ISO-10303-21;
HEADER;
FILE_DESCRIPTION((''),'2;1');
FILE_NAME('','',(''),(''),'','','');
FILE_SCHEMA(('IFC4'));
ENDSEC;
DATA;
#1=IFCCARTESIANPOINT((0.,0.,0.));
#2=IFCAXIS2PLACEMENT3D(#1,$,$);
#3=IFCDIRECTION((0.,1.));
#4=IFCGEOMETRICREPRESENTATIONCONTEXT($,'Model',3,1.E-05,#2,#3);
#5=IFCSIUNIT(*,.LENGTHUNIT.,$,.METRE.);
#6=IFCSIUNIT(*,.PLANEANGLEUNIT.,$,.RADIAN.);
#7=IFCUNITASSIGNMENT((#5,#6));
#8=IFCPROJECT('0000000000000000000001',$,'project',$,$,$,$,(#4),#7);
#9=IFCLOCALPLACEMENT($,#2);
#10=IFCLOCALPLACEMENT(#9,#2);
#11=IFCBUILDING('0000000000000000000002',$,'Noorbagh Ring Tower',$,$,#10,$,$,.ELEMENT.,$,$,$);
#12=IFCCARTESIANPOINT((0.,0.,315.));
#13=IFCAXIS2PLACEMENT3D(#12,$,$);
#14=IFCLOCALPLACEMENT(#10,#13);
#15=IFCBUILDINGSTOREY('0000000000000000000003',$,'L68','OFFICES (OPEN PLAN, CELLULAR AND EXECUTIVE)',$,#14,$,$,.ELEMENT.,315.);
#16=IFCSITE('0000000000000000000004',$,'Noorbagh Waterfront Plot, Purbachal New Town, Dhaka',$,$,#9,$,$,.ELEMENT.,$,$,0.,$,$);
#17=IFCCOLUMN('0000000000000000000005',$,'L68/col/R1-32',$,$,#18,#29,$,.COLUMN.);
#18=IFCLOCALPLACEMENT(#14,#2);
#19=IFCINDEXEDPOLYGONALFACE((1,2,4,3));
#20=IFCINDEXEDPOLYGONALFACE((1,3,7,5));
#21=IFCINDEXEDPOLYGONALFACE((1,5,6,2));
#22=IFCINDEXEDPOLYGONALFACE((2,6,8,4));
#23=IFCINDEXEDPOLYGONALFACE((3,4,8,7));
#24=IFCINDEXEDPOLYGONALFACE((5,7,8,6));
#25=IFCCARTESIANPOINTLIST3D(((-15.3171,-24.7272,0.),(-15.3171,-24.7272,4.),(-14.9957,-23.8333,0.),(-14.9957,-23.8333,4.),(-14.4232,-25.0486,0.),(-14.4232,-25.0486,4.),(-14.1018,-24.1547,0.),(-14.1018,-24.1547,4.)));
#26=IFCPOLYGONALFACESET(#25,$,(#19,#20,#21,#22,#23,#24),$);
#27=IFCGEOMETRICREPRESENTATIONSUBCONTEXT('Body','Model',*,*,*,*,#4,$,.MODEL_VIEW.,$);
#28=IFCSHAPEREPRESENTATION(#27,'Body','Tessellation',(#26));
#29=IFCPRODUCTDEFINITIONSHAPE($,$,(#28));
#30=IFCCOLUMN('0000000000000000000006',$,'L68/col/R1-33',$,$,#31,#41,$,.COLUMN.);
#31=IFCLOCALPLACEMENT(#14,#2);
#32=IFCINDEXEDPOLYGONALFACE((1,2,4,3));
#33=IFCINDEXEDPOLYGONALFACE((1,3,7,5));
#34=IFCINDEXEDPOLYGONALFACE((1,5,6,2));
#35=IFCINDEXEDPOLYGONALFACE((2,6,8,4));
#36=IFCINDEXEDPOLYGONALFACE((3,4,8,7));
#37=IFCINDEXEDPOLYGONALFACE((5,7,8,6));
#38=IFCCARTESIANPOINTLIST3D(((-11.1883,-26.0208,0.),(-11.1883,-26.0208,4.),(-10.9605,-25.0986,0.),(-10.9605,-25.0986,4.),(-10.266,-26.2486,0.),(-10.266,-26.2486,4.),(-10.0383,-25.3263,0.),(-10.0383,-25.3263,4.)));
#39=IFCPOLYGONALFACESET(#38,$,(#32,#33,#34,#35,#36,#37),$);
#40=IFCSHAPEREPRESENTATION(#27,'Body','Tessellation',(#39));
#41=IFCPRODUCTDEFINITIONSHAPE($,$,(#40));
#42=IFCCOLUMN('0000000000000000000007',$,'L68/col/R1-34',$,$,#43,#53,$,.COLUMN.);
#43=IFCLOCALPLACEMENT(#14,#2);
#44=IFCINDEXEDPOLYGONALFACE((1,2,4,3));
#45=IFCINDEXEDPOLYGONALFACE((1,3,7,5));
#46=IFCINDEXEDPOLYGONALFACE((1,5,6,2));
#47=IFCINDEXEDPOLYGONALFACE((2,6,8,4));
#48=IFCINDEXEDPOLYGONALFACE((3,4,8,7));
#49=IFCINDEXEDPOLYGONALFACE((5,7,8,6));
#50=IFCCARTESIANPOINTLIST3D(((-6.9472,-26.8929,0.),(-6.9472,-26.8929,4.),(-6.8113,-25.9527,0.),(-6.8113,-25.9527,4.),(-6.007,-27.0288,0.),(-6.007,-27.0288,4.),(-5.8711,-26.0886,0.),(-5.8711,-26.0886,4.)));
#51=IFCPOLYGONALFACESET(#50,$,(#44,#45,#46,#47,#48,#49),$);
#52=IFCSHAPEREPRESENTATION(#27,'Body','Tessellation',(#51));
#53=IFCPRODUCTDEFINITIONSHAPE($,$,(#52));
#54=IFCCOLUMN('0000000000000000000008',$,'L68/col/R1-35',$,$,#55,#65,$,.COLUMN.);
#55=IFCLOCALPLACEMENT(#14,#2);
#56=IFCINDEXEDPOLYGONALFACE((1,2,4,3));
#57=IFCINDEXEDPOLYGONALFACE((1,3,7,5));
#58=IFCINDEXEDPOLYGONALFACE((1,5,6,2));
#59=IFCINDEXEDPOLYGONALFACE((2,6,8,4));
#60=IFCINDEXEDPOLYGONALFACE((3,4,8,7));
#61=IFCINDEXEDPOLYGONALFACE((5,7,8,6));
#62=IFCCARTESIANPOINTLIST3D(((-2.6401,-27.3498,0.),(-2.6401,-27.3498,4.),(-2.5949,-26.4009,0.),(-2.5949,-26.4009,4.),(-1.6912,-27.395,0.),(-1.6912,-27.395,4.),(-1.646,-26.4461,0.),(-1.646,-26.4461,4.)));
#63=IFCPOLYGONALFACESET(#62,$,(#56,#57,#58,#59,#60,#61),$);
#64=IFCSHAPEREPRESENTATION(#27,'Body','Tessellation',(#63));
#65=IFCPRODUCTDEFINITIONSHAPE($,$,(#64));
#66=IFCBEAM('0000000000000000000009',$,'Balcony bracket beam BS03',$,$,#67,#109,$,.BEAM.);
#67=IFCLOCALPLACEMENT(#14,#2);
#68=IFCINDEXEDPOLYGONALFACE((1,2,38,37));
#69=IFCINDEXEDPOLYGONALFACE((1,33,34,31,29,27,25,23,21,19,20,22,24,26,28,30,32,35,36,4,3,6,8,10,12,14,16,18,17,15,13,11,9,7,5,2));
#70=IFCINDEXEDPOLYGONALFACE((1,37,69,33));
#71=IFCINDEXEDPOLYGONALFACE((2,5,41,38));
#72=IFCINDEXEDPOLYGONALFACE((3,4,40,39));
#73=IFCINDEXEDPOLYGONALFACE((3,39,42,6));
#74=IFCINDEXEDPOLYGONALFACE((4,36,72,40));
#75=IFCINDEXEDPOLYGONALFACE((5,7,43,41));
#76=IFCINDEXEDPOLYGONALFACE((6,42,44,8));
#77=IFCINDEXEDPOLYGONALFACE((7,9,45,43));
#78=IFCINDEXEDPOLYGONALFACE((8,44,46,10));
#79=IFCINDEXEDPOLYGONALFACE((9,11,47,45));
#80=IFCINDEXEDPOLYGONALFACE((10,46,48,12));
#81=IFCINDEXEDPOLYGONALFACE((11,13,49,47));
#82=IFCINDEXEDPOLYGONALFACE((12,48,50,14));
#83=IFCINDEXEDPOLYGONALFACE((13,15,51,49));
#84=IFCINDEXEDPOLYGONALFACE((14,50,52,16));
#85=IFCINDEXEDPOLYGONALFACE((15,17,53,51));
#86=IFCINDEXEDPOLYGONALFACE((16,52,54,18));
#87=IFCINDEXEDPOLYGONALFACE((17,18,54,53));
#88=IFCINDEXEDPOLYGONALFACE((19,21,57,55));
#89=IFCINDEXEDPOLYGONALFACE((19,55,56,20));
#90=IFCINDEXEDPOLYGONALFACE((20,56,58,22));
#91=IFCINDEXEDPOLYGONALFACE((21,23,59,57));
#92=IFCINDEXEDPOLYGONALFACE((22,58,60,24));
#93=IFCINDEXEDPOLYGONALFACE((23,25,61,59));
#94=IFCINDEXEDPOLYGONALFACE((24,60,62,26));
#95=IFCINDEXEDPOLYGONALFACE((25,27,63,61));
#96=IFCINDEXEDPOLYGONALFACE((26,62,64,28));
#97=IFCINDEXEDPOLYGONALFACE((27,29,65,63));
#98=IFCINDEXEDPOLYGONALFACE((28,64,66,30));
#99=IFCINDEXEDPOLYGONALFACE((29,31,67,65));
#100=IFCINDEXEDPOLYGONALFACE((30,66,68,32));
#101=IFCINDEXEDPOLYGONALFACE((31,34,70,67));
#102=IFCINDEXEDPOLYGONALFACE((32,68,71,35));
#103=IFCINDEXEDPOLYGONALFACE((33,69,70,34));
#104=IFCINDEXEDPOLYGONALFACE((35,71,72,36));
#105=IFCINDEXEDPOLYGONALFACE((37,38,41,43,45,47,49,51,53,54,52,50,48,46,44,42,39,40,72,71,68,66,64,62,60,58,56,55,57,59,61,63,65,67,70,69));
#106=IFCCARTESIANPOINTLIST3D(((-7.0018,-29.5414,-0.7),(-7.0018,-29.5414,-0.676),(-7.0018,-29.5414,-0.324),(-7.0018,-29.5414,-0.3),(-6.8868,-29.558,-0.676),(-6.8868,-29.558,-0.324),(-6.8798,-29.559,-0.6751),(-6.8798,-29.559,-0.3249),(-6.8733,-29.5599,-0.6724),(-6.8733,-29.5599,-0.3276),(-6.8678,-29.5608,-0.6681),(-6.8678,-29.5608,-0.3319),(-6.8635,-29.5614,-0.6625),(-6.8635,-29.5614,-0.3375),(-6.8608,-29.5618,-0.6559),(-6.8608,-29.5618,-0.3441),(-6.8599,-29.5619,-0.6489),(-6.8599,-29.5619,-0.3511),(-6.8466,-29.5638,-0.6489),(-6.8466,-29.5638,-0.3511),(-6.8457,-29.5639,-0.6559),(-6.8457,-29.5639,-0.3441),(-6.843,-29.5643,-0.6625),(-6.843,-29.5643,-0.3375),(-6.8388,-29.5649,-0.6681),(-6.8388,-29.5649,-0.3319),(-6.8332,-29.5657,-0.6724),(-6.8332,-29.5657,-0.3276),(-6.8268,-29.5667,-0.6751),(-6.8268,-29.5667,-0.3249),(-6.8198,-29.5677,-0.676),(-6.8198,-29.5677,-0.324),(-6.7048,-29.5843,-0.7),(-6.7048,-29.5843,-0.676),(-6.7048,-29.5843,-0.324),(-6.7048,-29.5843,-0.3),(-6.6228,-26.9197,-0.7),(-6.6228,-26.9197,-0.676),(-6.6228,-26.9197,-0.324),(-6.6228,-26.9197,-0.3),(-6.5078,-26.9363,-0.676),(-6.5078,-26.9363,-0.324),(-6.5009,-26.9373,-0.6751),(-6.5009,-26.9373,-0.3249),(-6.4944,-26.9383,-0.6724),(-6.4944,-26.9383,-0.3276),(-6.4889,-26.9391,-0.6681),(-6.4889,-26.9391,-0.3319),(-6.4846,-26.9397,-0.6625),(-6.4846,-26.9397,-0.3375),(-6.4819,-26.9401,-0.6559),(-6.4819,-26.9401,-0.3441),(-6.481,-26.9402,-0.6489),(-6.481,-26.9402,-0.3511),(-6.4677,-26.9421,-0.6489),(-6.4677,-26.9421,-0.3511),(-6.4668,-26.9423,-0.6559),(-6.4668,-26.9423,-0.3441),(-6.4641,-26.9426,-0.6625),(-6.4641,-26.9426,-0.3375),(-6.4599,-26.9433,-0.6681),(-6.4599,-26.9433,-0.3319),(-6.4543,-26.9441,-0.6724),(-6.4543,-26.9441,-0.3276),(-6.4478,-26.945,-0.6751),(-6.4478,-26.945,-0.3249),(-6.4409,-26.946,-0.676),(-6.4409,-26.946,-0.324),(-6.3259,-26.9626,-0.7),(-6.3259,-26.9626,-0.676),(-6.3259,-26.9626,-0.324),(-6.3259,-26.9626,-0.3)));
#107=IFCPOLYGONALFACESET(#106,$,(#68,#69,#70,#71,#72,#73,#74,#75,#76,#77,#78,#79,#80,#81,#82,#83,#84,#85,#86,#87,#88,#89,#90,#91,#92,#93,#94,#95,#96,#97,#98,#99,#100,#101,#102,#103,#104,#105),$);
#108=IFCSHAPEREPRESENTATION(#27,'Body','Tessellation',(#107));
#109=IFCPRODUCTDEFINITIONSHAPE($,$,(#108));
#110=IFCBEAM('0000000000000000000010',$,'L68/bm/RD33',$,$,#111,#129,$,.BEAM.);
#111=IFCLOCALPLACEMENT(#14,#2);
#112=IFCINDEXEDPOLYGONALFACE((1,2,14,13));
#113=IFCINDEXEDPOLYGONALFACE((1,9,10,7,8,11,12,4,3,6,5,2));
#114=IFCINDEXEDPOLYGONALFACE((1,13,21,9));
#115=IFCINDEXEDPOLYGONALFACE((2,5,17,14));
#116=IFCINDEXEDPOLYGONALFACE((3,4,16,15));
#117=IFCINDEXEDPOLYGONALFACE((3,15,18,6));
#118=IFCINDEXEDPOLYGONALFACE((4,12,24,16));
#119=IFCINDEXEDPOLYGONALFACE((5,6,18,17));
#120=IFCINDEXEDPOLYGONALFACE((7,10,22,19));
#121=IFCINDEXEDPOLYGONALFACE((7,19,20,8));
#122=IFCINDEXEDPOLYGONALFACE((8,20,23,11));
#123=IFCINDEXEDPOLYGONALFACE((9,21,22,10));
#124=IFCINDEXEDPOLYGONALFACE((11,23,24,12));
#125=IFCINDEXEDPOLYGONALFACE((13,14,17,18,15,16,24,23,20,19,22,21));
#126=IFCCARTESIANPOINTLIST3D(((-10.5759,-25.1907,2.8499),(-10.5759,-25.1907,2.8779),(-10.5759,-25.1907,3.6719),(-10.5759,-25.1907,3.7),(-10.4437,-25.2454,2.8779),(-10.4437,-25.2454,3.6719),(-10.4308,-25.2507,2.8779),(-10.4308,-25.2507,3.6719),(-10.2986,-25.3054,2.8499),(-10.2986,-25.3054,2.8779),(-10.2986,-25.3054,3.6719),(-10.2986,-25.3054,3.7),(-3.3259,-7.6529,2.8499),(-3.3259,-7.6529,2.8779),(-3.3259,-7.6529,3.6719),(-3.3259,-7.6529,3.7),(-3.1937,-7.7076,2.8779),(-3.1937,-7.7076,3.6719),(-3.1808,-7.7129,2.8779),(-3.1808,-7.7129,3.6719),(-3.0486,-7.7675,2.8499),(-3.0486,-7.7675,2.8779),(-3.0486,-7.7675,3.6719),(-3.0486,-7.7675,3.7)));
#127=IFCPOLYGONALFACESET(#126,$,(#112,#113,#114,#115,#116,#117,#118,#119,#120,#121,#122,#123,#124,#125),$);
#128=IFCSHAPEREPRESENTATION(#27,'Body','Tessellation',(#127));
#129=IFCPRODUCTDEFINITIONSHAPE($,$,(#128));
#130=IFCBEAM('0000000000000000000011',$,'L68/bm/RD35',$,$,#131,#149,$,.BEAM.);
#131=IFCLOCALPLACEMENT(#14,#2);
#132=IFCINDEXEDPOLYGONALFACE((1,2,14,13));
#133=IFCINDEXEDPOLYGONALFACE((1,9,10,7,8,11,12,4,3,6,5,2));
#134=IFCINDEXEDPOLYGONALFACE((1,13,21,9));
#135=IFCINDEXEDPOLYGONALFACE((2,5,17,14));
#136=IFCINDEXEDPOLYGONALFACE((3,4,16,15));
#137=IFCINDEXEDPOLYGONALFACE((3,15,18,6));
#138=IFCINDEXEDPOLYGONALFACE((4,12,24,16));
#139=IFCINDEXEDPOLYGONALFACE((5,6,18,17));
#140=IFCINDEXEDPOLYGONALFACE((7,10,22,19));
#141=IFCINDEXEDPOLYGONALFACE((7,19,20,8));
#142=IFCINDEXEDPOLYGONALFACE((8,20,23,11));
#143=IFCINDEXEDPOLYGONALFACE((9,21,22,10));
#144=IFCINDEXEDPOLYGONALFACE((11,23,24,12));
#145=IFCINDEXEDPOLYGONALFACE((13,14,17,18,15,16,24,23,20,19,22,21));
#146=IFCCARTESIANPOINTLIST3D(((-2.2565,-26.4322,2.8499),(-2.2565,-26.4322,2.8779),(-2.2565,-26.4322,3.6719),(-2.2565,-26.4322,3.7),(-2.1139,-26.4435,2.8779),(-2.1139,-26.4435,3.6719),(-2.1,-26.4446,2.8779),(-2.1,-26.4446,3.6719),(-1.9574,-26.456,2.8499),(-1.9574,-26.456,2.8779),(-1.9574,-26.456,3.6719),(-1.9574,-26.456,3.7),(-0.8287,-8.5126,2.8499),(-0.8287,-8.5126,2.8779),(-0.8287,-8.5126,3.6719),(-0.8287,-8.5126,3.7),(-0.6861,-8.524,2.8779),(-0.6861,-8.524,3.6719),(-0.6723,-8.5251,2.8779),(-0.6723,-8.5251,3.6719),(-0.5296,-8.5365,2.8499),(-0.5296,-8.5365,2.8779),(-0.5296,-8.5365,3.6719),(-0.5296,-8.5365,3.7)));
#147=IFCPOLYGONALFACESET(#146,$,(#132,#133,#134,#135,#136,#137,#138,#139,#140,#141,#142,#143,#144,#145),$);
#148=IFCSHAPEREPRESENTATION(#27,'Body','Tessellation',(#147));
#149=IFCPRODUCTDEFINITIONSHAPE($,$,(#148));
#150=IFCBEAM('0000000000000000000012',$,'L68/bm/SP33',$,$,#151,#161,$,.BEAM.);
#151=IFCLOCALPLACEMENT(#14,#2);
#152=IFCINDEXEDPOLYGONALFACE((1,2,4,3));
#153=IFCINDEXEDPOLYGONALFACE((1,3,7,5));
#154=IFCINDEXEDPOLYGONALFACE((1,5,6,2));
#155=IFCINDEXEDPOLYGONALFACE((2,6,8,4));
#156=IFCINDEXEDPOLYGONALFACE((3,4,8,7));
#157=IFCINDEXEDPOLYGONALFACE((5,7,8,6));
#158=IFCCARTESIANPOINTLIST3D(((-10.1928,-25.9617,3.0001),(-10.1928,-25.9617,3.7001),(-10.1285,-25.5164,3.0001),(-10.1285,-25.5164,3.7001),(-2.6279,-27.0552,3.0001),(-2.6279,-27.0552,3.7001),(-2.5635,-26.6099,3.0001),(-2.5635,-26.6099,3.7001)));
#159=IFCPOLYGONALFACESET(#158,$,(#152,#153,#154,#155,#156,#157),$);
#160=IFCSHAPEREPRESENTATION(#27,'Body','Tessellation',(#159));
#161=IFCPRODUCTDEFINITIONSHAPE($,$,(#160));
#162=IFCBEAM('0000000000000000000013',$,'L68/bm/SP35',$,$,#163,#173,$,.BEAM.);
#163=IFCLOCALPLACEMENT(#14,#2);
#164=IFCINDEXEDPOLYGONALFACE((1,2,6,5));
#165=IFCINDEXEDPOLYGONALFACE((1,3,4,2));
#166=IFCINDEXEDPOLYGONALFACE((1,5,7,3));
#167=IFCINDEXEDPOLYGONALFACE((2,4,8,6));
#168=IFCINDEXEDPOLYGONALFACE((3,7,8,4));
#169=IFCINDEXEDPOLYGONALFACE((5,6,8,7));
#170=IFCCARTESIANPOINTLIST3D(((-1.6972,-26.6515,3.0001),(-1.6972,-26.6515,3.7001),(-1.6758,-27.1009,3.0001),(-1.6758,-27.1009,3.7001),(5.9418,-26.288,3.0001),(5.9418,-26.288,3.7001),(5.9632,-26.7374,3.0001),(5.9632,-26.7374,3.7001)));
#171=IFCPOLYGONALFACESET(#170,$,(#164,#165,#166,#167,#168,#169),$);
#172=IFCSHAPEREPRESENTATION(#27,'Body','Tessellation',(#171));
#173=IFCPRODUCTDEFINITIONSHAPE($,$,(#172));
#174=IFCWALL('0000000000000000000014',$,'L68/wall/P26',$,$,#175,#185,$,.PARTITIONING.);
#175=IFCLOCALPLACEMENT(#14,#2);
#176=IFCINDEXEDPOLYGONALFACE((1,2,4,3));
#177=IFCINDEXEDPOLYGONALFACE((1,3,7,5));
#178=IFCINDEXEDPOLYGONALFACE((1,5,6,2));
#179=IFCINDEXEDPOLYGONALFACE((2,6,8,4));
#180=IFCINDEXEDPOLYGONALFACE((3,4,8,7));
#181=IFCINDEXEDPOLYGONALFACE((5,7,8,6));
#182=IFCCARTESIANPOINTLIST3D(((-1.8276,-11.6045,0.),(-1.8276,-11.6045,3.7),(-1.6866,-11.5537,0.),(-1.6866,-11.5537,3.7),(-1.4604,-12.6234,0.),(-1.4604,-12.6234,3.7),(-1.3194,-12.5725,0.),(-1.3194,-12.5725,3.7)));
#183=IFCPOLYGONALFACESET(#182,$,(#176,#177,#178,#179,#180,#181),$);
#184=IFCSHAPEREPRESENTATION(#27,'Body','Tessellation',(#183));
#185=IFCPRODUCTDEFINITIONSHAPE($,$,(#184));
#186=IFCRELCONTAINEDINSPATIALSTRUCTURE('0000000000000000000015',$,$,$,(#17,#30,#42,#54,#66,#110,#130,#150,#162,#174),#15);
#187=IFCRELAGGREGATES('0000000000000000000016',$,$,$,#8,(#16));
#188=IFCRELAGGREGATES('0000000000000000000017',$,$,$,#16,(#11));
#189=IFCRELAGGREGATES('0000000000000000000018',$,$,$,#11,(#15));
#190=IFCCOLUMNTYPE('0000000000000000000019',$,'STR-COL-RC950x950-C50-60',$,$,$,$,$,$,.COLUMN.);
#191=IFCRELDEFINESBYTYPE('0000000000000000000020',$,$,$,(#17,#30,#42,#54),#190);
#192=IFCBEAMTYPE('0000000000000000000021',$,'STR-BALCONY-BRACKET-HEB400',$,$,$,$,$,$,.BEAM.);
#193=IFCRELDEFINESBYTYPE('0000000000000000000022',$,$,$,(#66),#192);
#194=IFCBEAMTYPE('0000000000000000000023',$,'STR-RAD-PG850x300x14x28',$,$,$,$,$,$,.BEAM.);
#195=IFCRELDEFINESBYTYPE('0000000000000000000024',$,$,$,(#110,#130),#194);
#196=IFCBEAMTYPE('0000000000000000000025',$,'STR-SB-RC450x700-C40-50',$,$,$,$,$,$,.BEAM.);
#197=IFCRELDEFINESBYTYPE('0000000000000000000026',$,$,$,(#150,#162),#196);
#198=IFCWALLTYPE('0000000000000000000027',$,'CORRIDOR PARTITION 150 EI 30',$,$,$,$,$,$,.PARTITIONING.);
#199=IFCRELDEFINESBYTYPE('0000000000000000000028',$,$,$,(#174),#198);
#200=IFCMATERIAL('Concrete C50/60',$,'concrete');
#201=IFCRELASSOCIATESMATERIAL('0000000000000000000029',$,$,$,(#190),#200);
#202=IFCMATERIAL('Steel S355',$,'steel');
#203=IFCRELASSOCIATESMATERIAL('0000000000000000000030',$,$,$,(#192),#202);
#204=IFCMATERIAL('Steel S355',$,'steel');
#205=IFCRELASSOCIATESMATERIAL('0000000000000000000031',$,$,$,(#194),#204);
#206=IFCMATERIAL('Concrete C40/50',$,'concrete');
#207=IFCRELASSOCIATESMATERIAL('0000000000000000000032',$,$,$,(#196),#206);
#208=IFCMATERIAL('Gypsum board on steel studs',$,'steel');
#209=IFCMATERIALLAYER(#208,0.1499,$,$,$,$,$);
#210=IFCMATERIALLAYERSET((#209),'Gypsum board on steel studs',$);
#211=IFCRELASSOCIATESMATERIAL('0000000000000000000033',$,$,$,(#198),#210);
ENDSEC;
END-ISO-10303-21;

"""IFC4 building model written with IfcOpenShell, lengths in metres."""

from ifc_helpers import new_model, si_unit, direction, frame, frame_2d, origin, origin_2d, place, context, subcontext, project, spatial, rectangle, i_section, extrude, material, layer, layer_set, material_profile, profile_set, type_object, element, save


model = new_model("IFC4")

# Units and contexts
model_context = context("Model", 3, precision=1e-05, world=origin(), true_north=direction((0.0, 1.0)))
body_context = subcontext(model_context, "Body", "Model", "MODEL_VIEW")
ifc_project = project(units=[si_unit("LENGTHUNIT", "METRE"), si_unit("PLANEANGLEUNIT", "RADIAN")], contexts=[model_context])

# Site, building, storey
site_placement = place(None, origin())
site = spatial("IfcSite", under=ifc_project, at=site_placement, Name="Noorbagh Waterfront Plot, Purbachal New Town, Dhaka", CompositionType="ELEMENT", RefElevation=0.0)
building_placement = place(site_placement, origin())
building = spatial("IfcBuilding", under=site, at=building_placement, Name="Noorbagh Ring Tower", CompositionType="ELEMENT")
storey_placement = place(building_placement, frame((0.0, 0.0, 315.0)))
storey = spatial("IfcBuildingStorey", under=building, at=storey_placement, Name="L68", Description="OFFICES (OPEN PLAN, CELLULAR AND EXECUTIVE)", CompositionType="ELEMENT", Elevation=315.0)

# Columns
ifc_material_1 = material(Name="Concrete C50/60", Category="concrete")
ifc_material_profile_1 = material_profile(ifc_material_1, rectangle(XDim=0.95, YDim=0.95, at=origin_2d()), Name="RC950x950")
ifc_profile_set_1 = profile_set([ifc_material_profile_1], Name="Concrete C50/60")
column_type = type_object("IfcColumnType", Name="STR-COL-RC950x950-C50-60", PredefinedType="COLUMN", material=ifc_profile_set_1)
for number, where, z_axis, x_axis, name in (
    (1, (-14.7095, -24.4409, 0.0), (0.0, 0.0, 1.0), (0.941025, -0.338338, 0.0), "L68/col/R1-32"),
    (2, (-10.6133, -25.6736, 0.0), (0.0, 0.0, 1.0), (0.970829, -0.239771, 0.0), "L68/col/R1-33"),
    (3, (-6.4092, -26.4907, 0.0), (0.0, 0.0, 1.0), (0.989713, -0.143066, 0.0), "L68/col/R1-34"),
    (4, (-2.1431, -26.8979, 0.0), (0.0, 0.0, 1.0), (0.998869, -0.047553, 0.0), "L68/col/R1-35"),
):
    element("IfcColumn", number, at=place(storey_placement, frame(where, z_axis=z_axis, x_axis=x_axis)), inside=storey, type_object=column_type, Name=name, PredefinedType="COLUMN", context=body_context, shape_type="SweptSolid", body=[
        extrude(rectangle(XDim=0.95, YDim=0.95, at=origin_2d()), origin(), (0.0, 0.0, 1.0), 4.0),
    ])

# Beams
ifc_material_2 = material(Name="Steel S355", Category="steel")
ifc_material_profile_2 = material_profile(ifc_material_2, i_section(OverallWidth=0.3, OverallDepth=0.3999, WebThickness=0.0134, FlangeThickness=0.0239, FilletRadius=0.0271, at=origin_2d()), Name="HEB400")
ifc_profile_set_2 = profile_set([ifc_material_profile_2], Name="Steel S355")
beam_type_1 = type_object("IfcBeamType", Name="STR-BALCONY-BRACKET-HEB400", PredefinedType="BEAM", material=ifc_profile_set_2)
beam_1_placement = place(storey_placement, frame((-6.4744, -26.9412, -0.5), z_axis=(-0.143047, -0.989716, 0.0), x_axis=(0.989716, -0.143047, 0.0)))
element("IfcBeam", 5, at=beam_1_placement, inside=storey, type_object=beam_type_1, Name="Balcony bracket beam BS03", PredefinedType="BEAM", context=body_context, shape_type="SweptSolid", body=[
    extrude(i_section(OverallWidth=0.3, OverallDepth=0.3999, WebThickness=0.0134, FlangeThickness=0.0239, FilletRadius=0.0271, at=origin_2d()), origin(), (0.0, 0.0, 1.0), 2.6489),
])
ifc_material_3 = material(Name="Steel S355", Category="steel")
ifc_material_profile_3 = material_profile(ifc_material_3, i_section(OverallWidth=0.3, OverallDepth=0.8501, WebThickness=0.0139, FlangeThickness=0.0281, at=origin_2d()), Name="PG850x300x14x28")
ifc_profile_set_3 = profile_set([ifc_material_profile_3], Name="Steel S355")
beam_type_2 = type_object("IfcBeamType", Name="STR-RAD-PG850x300x14x28", PredefinedType="BEAM", material=ifc_profile_set_3)
beam_2_placement = place(storey_placement, frame((-10.4373, -25.248, 3.2749), z_axis=(0.382035, 0.924148, 0.0), x_axis=(-0.924148, 0.382035, 0.0)))
element("IfcBeam", 6, at=beam_2_placement, inside=storey, type_object=beam_type_2, Name="L68/bm/RD33", PredefinedType="BEAM", context=body_context, shape_type="SweptSolid", body=[
    extrude(i_section(OverallWidth=0.3, OverallDepth=0.8501, WebThickness=0.0139, FlangeThickness=0.0281, at=origin_2d()), origin(), (0.0, 0.0, 1.0), 18.9773),
])
beam_3_placement = place(storey_placement, frame((-2.1069, -26.4441, 3.2749), z_axis=(0.079423, 0.996841, 0.0), x_axis=(-0.996841, 0.079423, 0.0)))
element("IfcBeam", 7, at=beam_3_placement, inside=storey, type_object=beam_type_2, Name="L68/bm/RD35", PredefinedType="BEAM", context=body_context, shape_type="SweptSolid", body=[
    extrude(i_section(OverallWidth=0.3, OverallDepth=0.8501, WebThickness=0.0139, FlangeThickness=0.0281, at=origin_2d()), origin(), (0.0, 0.0, 1.0), 17.9763),
])
ifc_material_4 = material(Name="Concrete C40/50", Category="concrete")
ifc_material_profile_4 = material_profile(ifc_material_4, rectangle(XDim=0.45, YDim=0.7, at=origin_2d()), Name="RC450x700")
ifc_profile_set_4 = profile_set([ifc_material_profile_4], Name="Concrete C40/50")
beam_type_3 = type_object("IfcBeamType", Name="STR-SB-RC450x700-C40-50", PredefinedType="BEAM", material=ifc_profile_set_4)
beam_4_placement = place(storey_placement, frame((-10.1606, -25.739, 3.3501), z_axis=(0.989714, -0.143062, 0.0), x_axis=(0.143062, 0.989714, 0.0)))
element("IfcBeam", 8, at=beam_4_placement, inside=storey, type_object=beam_type_3, Name="L68/bm/SP33", PredefinedType="BEAM", context=body_context, shape_type="SweptSolid", body=[
    extrude(rectangle(XDim=0.45, YDim=0.7, at=origin_2d()), origin(), (0.0, 0.0, 1.0), 7.6436),
])
beam_5_placement = place(storey_placement, frame((-1.6865, -26.8762, 3.3501), z_axis=(0.99887, 0.047533, 0.0), x_axis=(-0.047533, 0.99887, 0.0)))
element("IfcBeam", 9, at=beam_5_placement, inside=storey, type_object=beam_type_3, Name="L68/bm/SP35", PredefinedType="BEAM", context=body_context, shape_type="SweptSolid", body=[
    extrude(rectangle(XDim=0.45, YDim=0.7, at=origin_2d()), origin(), (0.0, 0.0, 1.0), 7.6477),
])

# Wall
ifc_material_5 = material(Name="Gypsum board on steel studs", Category="steel")
ifc_layer_1 = layer(ifc_material_5, 0.1499)
ifc_layer_set_1 = layer_set([ifc_layer_1], Name="Gypsum board on steel studs")
wall_type_1 = type_object("IfcWallType", Name="CORRIDOR PARTITION 150 EI 30", PredefinedType="PARTITIONING", material=ifc_layer_set_1)
wall_1_placement = place(storey_placement, frame((-1.7571, -11.5791, 0.0), z_axis=(0.0, 0.0, 1.0), x_axis=(0.339063, -0.940764, 0.0)))
element("IfcWall", 10, at=wall_1_placement, inside=storey, type_object=wall_type_1, Name="L68/wall/P26", PredefinedType="PARTITIONING", context=body_context, shape_type="SweptSolid", body=[
    extrude(rectangle(XDim=1.083, YDim=0.1499, at=frame_2d((0.5415, 0.0))), origin(), (0.0, 0.0, 1.0), 3.7),
])

save(model, "model.ifc")
